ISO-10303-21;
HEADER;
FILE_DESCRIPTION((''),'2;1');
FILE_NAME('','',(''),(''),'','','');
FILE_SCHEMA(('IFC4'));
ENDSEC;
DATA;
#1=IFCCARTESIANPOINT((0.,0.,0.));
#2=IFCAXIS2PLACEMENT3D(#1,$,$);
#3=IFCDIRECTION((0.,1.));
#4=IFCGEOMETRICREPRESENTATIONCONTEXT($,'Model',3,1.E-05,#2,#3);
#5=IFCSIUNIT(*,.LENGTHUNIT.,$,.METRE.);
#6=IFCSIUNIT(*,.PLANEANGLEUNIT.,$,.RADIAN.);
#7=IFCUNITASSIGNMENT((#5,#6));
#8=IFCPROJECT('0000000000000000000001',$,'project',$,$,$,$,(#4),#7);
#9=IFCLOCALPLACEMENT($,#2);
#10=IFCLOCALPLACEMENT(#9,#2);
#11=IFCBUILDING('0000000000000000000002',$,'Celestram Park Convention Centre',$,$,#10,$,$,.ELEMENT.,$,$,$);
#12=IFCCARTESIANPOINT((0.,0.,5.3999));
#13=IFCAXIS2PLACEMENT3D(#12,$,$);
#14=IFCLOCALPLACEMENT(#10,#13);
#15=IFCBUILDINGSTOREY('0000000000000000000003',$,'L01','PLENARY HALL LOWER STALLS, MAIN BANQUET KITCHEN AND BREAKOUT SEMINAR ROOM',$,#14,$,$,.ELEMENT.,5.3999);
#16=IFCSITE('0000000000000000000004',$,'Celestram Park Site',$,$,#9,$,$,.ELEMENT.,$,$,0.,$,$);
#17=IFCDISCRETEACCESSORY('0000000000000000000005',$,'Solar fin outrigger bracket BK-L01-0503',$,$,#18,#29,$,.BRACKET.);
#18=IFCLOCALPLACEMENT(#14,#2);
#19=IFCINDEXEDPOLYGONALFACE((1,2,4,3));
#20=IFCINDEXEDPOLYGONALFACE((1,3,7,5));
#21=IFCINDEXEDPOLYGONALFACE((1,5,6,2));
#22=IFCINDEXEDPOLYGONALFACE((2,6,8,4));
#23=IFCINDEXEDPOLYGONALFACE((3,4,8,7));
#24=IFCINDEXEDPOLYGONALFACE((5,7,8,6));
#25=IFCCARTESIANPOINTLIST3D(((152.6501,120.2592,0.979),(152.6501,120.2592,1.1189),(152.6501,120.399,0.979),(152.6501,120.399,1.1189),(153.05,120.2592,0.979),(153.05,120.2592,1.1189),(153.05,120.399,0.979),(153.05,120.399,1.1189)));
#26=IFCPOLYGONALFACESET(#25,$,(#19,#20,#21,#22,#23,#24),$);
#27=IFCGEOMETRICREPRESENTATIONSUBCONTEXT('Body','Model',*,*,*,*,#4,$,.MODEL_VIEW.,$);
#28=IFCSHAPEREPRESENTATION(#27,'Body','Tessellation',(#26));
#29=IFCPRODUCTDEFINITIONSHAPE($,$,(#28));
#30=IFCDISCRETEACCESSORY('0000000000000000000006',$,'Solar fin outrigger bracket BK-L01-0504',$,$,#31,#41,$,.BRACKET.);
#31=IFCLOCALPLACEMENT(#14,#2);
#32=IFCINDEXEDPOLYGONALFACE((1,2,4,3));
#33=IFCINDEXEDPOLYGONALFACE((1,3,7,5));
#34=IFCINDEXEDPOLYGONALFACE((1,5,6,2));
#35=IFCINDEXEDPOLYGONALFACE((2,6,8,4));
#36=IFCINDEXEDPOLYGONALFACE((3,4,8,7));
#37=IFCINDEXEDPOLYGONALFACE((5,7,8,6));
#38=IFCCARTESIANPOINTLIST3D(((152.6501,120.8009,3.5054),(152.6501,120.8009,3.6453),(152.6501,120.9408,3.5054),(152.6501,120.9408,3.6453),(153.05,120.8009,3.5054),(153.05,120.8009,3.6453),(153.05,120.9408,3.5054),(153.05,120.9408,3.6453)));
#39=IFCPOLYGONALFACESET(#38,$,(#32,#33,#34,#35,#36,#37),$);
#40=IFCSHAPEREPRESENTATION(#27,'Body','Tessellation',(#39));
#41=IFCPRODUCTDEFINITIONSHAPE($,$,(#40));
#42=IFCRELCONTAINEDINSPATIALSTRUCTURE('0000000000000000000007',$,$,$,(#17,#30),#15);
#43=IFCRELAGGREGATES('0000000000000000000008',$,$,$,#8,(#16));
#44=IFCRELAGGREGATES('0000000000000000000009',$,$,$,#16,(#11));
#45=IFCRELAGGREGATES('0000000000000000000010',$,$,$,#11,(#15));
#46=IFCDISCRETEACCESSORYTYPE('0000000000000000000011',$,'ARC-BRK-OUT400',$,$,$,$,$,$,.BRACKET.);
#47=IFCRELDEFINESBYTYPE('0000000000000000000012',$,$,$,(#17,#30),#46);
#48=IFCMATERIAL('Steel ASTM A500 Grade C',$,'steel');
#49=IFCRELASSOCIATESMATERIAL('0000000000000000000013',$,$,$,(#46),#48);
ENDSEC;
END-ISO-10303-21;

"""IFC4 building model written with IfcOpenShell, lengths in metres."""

from ifc_helpers import new_model, si_unit, direction, frame, origin, origin_2d, place, context, subcontext, project, spatial, rectangle, extrude, material, type_object, element, save


model = new_model("IFC4")

# Units and contexts
model_context = context("Model", 3, precision=1e-05, world=origin(), true_north=direction((0.0, 1.0)))
body_context = subcontext(model_context, "Body", "Model", "MODEL_VIEW")
ifc_project = project(units=[si_unit("LENGTHUNIT", "METRE"), si_unit("PLANEANGLEUNIT", "RADIAN")], contexts=[model_context])

# Site, building, storey
site_placement = place(None, origin())
site = spatial("IfcSite", under=ifc_project, at=site_placement, Name="Celestram Park Site", CompositionType="ELEMENT", RefElevation=0.0)
building_placement = place(site_placement, origin())
building = spatial("IfcBuilding", under=site, at=building_placement, Name="Celestram Park Convention Centre", CompositionType="ELEMENT")
storey_placement = place(building_placement, frame((0.0, 0.0, 5.3999)))
storey = spatial("IfcBuildingStorey", under=building, at=storey_placement, Name="L01", Description="PLENARY HALL LOWER STALLS, MAIN BANQUET KITCHEN AND BREAKOUT SEMINAR ROOM", CompositionType="ELEMENT", Elevation=5.3999)

# Shared definitions
ifc_material_1 = material(Name="Steel ASTM A500 Grade C", Category="steel")

# Discrete accessories
discrete_accessory_type = type_object("IfcDiscreteAccessoryType", Name="ARC-BRK-OUT400", PredefinedType="BRACKET", material=ifc_material_1)
for number, where, z_axis, x_axis, name in (
    (1, (152.8501, 120.3291, 0.979), (0.0, 0.0, 1.0), (-1.0, 0.0, 0.0), "Solar fin outrigger bracket BK-L01-0503"),
    (2, (152.8501, 120.8708, 3.5054), (0.0, 0.0, 1.0), (-1.0, 0.0, 0.0), "Solar fin outrigger bracket BK-L01-0504"),
):
    element("IfcDiscreteAccessory", number, at=place(storey_placement, frame(where, z_axis=z_axis, x_axis=x_axis)), inside=storey, type_object=discrete_accessory_type, Name=name, PredefinedType="BRACKET", context=body_context, shape_type="SweptSolid", body=[
        extrude(rectangle(XDim=0.3999, YDim=0.1399, at=origin_2d()), origin(), (0.0, 0.0, 1.0), 0.1399),
    ])

save(model, "model.ifc")
